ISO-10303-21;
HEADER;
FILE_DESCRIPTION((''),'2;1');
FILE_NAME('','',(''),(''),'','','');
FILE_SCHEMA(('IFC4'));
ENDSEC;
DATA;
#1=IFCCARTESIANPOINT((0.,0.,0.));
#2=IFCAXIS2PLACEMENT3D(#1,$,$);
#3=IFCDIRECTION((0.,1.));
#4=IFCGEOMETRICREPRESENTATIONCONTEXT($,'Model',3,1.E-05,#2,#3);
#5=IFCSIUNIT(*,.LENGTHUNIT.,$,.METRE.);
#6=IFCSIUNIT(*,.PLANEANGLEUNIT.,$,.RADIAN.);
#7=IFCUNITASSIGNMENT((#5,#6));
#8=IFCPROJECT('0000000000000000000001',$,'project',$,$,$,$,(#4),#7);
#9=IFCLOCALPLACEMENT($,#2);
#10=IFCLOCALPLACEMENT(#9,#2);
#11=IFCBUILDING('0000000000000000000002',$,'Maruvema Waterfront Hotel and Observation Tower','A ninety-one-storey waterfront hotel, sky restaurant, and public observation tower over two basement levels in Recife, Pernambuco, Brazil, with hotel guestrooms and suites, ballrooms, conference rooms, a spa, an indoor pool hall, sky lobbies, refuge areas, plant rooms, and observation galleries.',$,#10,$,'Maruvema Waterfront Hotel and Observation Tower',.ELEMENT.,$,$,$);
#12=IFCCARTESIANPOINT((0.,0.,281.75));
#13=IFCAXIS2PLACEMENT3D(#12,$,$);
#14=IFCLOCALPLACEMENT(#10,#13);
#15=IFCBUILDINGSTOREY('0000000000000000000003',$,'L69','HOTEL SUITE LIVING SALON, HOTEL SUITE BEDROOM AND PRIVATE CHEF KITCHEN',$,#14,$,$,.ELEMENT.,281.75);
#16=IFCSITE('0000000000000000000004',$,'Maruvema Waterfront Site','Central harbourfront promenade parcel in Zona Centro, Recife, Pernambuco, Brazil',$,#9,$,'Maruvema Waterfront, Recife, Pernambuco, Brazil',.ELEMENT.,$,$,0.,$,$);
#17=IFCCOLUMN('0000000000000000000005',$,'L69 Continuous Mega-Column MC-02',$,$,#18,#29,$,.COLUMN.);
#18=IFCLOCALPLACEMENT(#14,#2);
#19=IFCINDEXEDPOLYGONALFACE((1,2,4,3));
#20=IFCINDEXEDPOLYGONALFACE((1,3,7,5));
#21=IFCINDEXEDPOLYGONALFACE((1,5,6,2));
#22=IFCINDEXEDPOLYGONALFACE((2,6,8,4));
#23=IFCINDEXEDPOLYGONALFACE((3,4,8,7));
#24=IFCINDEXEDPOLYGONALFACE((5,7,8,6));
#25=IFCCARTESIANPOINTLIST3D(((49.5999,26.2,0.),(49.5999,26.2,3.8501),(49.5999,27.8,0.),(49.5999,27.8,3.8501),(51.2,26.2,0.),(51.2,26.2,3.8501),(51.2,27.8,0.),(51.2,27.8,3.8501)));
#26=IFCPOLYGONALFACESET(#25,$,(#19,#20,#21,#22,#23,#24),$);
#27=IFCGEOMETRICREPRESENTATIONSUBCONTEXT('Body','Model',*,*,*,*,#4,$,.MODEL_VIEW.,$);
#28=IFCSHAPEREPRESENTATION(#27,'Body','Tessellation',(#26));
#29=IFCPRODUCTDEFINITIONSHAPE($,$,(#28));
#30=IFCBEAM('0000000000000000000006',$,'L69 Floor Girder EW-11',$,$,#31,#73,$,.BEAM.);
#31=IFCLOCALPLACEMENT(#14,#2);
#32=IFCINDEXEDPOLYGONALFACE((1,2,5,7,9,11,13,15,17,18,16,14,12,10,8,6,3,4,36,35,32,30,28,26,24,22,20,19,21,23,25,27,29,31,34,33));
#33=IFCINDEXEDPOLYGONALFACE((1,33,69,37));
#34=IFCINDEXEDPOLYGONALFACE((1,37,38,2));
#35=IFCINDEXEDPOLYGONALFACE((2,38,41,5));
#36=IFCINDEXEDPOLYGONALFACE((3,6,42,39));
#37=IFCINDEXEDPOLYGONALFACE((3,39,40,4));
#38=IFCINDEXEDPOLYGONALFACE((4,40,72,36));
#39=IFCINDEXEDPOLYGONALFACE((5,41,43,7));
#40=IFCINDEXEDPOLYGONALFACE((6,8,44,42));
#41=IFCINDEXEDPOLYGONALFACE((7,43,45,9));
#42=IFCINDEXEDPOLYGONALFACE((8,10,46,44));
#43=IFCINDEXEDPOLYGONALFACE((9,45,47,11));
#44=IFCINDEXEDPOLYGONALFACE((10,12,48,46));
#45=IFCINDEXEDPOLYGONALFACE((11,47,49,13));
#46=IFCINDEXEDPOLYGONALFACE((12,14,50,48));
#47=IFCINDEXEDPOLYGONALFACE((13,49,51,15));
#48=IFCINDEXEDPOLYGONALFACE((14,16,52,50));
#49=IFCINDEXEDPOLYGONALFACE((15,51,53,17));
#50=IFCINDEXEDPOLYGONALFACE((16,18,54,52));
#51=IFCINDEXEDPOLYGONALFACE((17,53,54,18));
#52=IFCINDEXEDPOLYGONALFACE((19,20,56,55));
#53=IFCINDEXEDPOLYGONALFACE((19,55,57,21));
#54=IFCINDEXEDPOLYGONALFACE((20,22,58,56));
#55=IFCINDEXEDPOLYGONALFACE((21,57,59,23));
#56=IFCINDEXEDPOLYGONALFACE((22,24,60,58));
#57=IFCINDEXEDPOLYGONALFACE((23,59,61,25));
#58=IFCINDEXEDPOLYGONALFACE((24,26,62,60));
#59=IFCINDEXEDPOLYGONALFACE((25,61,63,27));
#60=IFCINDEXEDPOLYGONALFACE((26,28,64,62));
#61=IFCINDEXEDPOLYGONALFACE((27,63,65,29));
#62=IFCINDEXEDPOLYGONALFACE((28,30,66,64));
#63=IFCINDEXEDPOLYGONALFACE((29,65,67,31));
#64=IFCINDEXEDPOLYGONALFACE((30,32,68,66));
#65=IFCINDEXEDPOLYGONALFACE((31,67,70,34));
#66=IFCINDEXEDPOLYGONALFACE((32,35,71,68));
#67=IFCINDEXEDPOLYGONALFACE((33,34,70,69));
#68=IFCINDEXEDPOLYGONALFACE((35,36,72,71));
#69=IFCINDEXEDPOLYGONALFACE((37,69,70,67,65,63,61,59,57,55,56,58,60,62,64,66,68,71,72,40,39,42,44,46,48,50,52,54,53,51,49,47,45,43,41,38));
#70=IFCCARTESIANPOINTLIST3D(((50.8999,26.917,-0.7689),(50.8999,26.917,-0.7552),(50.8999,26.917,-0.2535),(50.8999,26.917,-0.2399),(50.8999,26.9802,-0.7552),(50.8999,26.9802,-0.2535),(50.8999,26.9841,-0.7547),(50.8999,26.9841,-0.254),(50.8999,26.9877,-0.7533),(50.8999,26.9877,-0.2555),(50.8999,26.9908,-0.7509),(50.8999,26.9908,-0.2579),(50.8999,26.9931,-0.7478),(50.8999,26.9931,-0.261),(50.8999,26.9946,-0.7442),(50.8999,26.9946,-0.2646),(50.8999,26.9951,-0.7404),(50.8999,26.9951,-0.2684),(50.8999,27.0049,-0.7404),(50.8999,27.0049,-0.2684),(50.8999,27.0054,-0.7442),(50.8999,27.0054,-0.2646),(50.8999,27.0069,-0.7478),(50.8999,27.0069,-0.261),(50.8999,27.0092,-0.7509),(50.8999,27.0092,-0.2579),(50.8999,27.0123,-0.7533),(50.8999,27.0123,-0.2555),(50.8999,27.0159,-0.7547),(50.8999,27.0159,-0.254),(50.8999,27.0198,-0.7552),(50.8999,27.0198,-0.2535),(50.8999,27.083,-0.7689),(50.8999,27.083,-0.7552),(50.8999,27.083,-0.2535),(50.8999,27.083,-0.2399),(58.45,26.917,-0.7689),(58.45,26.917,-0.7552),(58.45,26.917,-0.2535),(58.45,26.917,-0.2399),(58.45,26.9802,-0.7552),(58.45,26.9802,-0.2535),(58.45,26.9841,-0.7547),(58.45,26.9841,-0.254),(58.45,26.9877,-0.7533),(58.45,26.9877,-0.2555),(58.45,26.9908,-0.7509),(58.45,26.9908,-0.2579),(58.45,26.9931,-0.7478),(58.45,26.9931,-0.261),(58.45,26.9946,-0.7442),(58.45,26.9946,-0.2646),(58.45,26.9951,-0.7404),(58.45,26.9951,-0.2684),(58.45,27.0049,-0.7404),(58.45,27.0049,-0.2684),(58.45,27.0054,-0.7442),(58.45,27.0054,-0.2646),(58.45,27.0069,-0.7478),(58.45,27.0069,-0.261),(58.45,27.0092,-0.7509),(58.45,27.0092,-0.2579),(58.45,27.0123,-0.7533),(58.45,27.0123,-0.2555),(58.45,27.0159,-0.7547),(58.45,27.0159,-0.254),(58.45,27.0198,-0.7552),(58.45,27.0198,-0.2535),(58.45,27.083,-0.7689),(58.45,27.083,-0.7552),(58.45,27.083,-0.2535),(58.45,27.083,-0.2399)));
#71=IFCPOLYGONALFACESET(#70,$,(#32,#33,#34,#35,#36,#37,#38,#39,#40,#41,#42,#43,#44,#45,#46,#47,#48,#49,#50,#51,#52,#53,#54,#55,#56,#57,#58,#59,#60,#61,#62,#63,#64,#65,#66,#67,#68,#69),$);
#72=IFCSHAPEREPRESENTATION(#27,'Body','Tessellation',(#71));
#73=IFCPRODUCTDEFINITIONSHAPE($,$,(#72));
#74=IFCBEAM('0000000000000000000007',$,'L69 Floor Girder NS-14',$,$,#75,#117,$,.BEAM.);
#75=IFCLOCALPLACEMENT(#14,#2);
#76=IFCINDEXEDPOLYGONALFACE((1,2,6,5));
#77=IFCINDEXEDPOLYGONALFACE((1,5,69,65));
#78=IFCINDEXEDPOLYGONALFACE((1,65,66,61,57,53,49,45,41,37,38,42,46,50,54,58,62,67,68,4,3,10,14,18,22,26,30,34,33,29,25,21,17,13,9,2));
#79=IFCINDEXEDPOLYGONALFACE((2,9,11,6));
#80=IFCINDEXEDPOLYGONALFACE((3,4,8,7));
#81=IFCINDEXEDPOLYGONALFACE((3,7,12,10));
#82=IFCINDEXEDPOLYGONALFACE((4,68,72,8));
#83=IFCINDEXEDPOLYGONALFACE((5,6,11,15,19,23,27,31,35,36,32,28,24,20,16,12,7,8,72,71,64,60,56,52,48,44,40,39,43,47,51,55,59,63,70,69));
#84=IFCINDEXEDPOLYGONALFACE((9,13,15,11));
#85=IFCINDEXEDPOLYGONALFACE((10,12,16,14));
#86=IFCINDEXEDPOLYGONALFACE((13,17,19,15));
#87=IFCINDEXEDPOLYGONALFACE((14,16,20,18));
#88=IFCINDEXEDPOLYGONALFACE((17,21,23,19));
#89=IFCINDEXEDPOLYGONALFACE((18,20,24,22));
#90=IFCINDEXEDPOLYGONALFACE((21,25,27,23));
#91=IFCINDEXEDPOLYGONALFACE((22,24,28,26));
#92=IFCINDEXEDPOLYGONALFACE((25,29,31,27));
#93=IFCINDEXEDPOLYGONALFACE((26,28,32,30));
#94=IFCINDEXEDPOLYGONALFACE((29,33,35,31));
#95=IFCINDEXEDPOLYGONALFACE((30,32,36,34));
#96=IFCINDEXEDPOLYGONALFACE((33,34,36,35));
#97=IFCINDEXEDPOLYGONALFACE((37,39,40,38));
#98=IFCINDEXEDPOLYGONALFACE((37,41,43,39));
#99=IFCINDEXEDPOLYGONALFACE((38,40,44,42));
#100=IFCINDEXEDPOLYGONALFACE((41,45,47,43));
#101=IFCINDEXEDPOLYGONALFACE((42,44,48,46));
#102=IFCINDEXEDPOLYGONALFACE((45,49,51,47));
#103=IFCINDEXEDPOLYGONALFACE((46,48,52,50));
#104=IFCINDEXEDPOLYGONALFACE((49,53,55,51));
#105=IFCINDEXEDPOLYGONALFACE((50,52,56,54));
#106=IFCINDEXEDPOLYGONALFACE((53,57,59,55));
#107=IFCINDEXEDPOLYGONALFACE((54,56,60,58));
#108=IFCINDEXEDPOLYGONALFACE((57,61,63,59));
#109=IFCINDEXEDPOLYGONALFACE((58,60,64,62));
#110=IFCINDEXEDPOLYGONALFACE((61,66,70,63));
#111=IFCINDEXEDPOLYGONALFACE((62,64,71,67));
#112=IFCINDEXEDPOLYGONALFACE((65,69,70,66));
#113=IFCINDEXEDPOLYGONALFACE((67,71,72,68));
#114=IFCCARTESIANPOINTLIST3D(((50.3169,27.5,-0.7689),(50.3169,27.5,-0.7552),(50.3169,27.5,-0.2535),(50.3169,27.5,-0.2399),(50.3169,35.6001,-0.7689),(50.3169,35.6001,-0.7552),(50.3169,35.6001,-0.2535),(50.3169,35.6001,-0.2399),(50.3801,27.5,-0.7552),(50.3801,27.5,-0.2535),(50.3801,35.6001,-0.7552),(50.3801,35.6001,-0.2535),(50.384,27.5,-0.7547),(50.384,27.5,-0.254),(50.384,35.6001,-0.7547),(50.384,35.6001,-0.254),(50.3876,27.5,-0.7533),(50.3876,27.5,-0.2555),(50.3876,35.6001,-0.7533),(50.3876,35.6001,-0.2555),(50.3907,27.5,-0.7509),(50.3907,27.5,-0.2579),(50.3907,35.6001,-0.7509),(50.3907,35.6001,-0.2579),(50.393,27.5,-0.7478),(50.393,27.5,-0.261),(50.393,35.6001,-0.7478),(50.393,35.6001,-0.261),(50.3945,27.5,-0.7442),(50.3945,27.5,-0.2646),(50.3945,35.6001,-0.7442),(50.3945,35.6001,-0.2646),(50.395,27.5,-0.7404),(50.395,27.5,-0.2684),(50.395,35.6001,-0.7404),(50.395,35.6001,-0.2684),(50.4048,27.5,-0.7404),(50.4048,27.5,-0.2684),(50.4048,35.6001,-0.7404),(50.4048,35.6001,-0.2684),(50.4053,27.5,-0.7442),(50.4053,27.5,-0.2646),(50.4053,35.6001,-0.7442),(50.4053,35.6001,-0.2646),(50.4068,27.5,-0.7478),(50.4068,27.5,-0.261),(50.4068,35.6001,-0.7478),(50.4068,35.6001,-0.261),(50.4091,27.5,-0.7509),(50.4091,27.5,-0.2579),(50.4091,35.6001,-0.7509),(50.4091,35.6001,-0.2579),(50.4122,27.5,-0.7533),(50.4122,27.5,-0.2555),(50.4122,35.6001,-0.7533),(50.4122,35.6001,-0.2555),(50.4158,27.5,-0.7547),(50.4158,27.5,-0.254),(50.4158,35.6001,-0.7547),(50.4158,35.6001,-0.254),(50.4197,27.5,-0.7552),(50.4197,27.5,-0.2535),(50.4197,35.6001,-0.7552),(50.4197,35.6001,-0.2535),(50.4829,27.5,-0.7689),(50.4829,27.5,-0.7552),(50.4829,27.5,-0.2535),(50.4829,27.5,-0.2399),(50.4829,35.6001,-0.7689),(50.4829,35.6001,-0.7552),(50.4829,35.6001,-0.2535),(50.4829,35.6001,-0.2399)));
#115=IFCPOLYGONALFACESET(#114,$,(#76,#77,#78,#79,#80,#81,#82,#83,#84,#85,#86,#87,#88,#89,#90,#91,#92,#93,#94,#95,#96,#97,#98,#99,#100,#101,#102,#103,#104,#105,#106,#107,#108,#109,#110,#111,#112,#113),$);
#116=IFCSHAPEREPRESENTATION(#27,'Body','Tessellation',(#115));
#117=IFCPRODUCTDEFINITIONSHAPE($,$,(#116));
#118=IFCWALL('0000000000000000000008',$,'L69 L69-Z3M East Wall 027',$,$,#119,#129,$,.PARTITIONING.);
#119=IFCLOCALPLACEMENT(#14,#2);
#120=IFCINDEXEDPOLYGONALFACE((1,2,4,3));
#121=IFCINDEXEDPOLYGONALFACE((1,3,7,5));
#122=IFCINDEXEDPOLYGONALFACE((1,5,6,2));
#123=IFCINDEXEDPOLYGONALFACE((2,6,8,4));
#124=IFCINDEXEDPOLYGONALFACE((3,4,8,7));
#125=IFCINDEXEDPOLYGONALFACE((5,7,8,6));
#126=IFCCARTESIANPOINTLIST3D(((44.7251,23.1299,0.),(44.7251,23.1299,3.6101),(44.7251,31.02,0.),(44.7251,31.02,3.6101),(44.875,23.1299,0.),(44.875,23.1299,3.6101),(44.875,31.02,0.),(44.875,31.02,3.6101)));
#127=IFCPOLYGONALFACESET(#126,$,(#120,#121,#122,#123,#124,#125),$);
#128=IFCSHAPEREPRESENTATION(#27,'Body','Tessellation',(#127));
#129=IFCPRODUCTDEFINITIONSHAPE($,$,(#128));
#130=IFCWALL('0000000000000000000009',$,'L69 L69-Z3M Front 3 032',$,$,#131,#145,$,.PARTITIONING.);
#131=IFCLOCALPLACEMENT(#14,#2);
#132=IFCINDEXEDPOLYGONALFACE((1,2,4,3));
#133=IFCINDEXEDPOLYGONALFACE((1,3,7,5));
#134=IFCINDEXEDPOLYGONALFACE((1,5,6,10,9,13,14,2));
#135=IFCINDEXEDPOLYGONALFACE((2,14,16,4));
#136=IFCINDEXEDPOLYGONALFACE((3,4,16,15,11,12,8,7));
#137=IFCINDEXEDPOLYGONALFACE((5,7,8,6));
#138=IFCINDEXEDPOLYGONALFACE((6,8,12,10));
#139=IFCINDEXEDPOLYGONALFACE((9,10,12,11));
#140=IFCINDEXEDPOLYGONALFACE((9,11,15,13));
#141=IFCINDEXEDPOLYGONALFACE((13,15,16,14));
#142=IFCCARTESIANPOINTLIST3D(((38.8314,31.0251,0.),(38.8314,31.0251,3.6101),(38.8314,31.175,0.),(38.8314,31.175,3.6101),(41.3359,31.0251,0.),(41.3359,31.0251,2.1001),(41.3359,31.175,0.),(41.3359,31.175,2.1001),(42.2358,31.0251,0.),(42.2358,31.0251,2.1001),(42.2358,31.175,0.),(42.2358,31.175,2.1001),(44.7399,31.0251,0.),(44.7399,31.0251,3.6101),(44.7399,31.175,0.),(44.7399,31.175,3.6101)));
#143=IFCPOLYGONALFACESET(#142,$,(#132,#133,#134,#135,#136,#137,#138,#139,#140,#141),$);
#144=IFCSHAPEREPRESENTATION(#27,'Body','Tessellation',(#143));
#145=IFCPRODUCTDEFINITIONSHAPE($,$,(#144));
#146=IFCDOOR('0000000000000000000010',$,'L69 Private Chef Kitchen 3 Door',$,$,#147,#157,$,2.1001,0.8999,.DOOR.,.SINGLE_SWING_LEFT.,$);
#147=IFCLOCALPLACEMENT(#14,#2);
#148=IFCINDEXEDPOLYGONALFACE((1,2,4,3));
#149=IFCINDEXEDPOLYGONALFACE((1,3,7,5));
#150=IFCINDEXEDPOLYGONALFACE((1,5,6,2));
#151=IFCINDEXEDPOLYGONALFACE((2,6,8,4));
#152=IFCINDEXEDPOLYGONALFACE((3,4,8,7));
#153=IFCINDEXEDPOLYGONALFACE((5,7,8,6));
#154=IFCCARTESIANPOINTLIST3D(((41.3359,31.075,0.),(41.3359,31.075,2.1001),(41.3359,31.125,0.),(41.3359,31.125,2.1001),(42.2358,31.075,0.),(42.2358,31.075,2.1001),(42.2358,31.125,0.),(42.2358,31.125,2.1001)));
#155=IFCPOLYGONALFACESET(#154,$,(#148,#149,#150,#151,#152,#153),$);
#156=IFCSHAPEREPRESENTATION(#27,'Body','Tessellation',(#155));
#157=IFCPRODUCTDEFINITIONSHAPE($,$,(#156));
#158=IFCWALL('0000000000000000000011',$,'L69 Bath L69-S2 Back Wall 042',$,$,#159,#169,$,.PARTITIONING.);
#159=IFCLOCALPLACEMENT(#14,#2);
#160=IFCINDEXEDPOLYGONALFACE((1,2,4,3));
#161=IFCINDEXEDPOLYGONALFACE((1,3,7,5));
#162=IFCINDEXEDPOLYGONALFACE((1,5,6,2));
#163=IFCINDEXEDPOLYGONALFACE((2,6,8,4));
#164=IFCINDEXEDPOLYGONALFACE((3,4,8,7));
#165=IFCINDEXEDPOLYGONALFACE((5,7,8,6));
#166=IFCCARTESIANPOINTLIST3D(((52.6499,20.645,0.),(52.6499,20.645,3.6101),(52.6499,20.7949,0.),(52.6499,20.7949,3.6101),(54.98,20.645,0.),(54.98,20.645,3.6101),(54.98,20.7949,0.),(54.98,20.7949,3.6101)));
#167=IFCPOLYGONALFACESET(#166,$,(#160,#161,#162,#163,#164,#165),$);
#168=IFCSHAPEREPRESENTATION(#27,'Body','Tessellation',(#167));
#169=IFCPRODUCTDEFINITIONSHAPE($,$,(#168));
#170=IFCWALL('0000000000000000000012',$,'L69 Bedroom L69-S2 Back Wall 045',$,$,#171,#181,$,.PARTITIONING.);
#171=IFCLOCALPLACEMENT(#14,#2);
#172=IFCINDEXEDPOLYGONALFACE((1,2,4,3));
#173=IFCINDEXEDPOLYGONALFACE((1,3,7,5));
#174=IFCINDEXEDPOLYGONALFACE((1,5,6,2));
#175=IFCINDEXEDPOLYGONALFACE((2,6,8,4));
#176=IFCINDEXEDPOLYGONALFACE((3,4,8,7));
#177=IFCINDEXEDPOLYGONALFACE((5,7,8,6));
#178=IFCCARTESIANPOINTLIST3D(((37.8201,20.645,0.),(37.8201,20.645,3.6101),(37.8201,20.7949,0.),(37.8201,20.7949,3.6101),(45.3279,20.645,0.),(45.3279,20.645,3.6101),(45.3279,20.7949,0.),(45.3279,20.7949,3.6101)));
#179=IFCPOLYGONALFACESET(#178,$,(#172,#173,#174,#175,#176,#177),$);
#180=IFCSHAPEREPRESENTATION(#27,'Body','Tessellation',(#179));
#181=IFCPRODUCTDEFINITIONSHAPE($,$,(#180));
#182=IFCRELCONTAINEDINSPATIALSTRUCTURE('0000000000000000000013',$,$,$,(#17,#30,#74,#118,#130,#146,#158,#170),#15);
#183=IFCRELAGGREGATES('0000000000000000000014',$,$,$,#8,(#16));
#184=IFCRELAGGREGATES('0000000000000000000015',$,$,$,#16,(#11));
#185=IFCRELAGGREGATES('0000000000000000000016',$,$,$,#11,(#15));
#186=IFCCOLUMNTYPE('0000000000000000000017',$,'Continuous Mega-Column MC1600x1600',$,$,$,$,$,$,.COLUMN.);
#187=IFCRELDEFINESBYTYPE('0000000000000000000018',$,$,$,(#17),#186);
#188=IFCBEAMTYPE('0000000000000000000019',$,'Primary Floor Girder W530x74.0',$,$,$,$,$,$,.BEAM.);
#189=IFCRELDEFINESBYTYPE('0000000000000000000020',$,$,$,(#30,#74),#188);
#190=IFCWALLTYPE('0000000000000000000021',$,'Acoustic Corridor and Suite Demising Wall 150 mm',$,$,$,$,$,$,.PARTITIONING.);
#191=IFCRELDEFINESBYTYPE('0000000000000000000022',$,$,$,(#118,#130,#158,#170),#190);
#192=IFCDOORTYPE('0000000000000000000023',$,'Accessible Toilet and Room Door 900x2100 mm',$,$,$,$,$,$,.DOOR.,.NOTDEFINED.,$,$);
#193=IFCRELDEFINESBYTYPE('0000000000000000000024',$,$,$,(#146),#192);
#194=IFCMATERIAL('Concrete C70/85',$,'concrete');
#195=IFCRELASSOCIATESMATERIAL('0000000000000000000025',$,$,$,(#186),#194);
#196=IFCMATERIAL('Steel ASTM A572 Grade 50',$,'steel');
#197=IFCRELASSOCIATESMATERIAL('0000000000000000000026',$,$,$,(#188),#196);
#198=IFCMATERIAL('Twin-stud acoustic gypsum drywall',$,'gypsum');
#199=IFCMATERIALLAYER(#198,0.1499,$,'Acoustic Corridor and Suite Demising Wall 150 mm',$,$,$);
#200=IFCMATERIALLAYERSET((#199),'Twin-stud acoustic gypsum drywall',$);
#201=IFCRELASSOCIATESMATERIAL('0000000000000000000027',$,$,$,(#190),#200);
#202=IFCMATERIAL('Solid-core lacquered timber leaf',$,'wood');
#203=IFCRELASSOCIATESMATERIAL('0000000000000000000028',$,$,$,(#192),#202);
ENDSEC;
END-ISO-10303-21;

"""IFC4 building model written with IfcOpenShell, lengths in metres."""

from ifc_helpers import new_model, si_unit, direction, frame, frame_2d, origin, origin_2d, place, context, subcontext, project, spatial, rectangle, i_section, extrude, material, layer, layer_set, material_profile, profile_set, type_object, element, fill, save


model = new_model("IFC4")

# Units and contexts
model_context = context("Model", 3, precision=1e-05, world=origin(), true_north=direction((0.0, 1.0)))
body_context = subcontext(model_context, "Body", "Model", "MODEL_VIEW")
ifc_project = project(units=[si_unit("LENGTHUNIT", "METRE"), si_unit("PLANEANGLEUNIT", "RADIAN")], contexts=[model_context])

# Site, building, storey
site_placement = place(None, origin())
site = spatial("IfcSite", under=ifc_project, at=site_placement, Name="Maruvema Waterfront Site", Description="Central harbourfront promenade parcel in Zona Centro, Recife, Pernambuco, Brazil", LongName="Maruvema Waterfront, Recife, Pernambuco, Brazil", CompositionType="ELEMENT", RefElevation=0.0)
building_placement = place(site_placement, origin())
building = spatial("IfcBuilding", under=site, at=building_placement, Name="Maruvema Waterfront Hotel and Observation Tower", Description="A ninety-one-storey waterfront hotel, sky restaurant, and public observation tower over two basement levels in Recife, Pernambuco, Brazil, with hotel guestrooms and suites, ballrooms, conference rooms, a spa, an indoor pool hall, sky lobbies, refuge areas, plant rooms, and observation galleries.", LongName="Maruvema Waterfront Hotel and Observation Tower", CompositionType="ELEMENT")
storey_placement = place(building_placement, frame((0.0, 0.0, 281.75)))
storey = spatial("IfcBuildingStorey", under=building, at=storey_placement, Name="L69", Description="HOTEL SUITE LIVING SALON, HOTEL SUITE BEDROOM AND PRIVATE CHEF KITCHEN", CompositionType="ELEMENT", Elevation=281.75)

# Column
ifc_material_1 = material(Name="Concrete C70/85", Category="concrete")
ifc_material_profile_1 = material_profile(ifc_material_1, rectangle(XDim=1.6001, YDim=1.6001, at=origin_2d()), Name="MC1600x1600")
ifc_profile_set_1 = profile_set([ifc_material_profile_1], Name="Concrete C70/85")
column_type = type_object("IfcColumnType", Name="Continuous Mega-Column MC1600x1600", PredefinedType="COLUMN", material=ifc_profile_set_1)
column_placement = place(storey_placement, frame((50.3999, 27.0, 0.0), z_axis=(0.0, 0.0, 1.0), x_axis=(1.0, 0.0, 0.0)))
element("IfcColumn", 1, at=column_placement, inside=storey, type_object=column_type, Name="L69 Continuous Mega-Column MC-02", PredefinedType="COLUMN", context=body_context, shape_type="SweptSolid", body=[
    extrude(rectangle(XDim=1.6001, YDim=1.6001, at=origin_2d()), origin(), (0.0, 0.0, 1.0), 3.8501),
])

# Beams
ifc_material_2 = material(Name="Steel ASTM A572 Grade 50", Category="steel")
ifc_material_profile_2 = material_profile(ifc_material_2, i_section(OverallWidth=0.166, OverallDepth=0.5291, WebThickness=0.0098, FlangeThickness=0.0137, FilletRadius=0.0149, at=origin_2d()), Name="W530x74.0")
ifc_profile_set_2 = profile_set([ifc_material_profile_2], Name="Steel ASTM A572 Grade 50")
beam_type = type_object("IfcBeamType", Name="Primary Floor Girder W530x74.0", PredefinedType="BEAM", material=ifc_profile_set_2)
beam_1_placement = place(storey_placement, frame((50.8999, 27.0, -0.5044), z_axis=(1.0, 0.0, 0.0), x_axis=(0.0, 1.0, 0.0)))
element("IfcBeam", 2, at=beam_1_placement, inside=storey, type_object=beam_type, Name="L69 Floor Girder EW-11", PredefinedType="BEAM", context=body_context, shape_type="SweptSolid", body=[
    extrude(i_section(OverallWidth=0.166, OverallDepth=0.5291, WebThickness=0.0098, FlangeThickness=0.0137, FilletRadius=0.0149, at=origin_2d()), origin(), (0.0, 0.0, 1.0), 7.55),
])
beam_2_placement = place(storey_placement, frame((50.3999, 27.5, -0.5044), z_axis=(0.0, 1.0, 0.0), x_axis=(-1.0, 0.0, 0.0)))
element("IfcBeam", 3, at=beam_2_placement, inside=storey, type_object=beam_type, Name="L69 Floor Girder NS-14", PredefinedType="BEAM", context=body_context, shape_type="SweptSolid", body=[
    extrude(i_section(OverallWidth=0.166, OverallDepth=0.5291, WebThickness=0.0098, FlangeThickness=0.0137, FilletRadius=0.0149, at=origin_2d()), origin(), (0.0, 0.0, 1.0), 8.1001),
])

# Wall
ifc_material_3 = material(Name="Twin-stud acoustic gypsum drywall", Category="gypsum")
ifc_layer_1 = layer(ifc_material_3, 0.1499, Name="Acoustic Corridor and Suite Demising Wall 150 mm")
ifc_layer_set_1 = layer_set([ifc_layer_1], Name="Twin-stud acoustic gypsum drywall")
wall_type_1 = type_object("IfcWallType", Name="Acoustic Corridor and Suite Demising Wall 150 mm", PredefinedType="PARTITIONING", material=ifc_layer_set_1)
wall_1_placement = place(storey_placement, frame((44.8, 23.1299, 0.0), z_axis=(0.0, 0.0, 1.0), x_axis=(0.0, 1.0, 0.0)))
element("IfcWall", 4, at=wall_1_placement, inside=storey, type_object=wall_type_1, Name="L69 L69-Z3M East Wall 027", PredefinedType="PARTITIONING", context=body_context, shape_type="SweptSolid", body=[
    extrude(rectangle(XDim=7.8901, YDim=0.1499, at=frame_2d((3.9451, 0.0))), origin(), (0.0, 0.0, 1.0), 3.6101),
])

# Wall, opening, door
wall_2_placement = place(storey_placement, frame((38.8315, 31.1001, 0.0), z_axis=(0.0, 0.0, 1.0), x_axis=(1.0, 0.0, 0.0)))
wall_2 = element("IfcWall", 5, at=wall_2_placement, inside=storey, type_object=wall_type_1, Name="L69 L69-Z3M Front 3 032", PredefinedType="PARTITIONING", context=body_context, shape_type="SweptSolid", body=[
    extrude(rectangle(XDim=5.9084, YDim=0.1499, at=frame_2d((2.9541, 0.0))), origin(), (0.0, 0.0, 1.0), 3.6101),
])
opening_1_placement = place(wall_2_placement, frame((2.5044, 0.0, 0.0)))
opening_1 = element("IfcOpeningElement", 6, at=opening_1_placement, cuts=wall_2, PredefinedType="OPENING", context=body_context, shape_type="SweptSolid", body=[
    extrude(rectangle(XDim=0.8999, YDim=2.1001, at=frame_2d((0.45, 1.05))), frame((0.0, 0.085, 0.0), z_axis=(0.0, -1.0, 0.0), x_axis=(1.0, 0.0, 0.0)), (0.0, 0.0, 1.0), 0.1699),
])
ifc_material_4 = material(Name="Solid-core lacquered timber leaf", Category="wood")
door_type_1 = type_object("IfcDoorType", Name="Accessible Toilet and Room Door 900x2100 mm", OperationType="NOTDEFINED", PredefinedType="DOOR", material=ifc_material_4)
door_1_placement = place(opening_1_placement, origin())
door_1 = element("IfcDoor", 7, at=door_1_placement, inside=storey, type_object=door_type_1, Name="L69 Private Chef Kitchen 3 Door", OperationType="SINGLE_SWING_LEFT", OverallHeight=2.1001, OverallWidth=0.8999, PredefinedType="DOOR", context=body_context, shape_type="SweptSolid", body=[
    extrude(rectangle(XDim=0.8999, YDim=2.1001, at=frame_2d((0.45, 1.05))), frame((0.0, 0.0249, 0.0), z_axis=(0.0, -1.0, 0.0), x_axis=(1.0, 0.0, 0.0)), (0.0, 0.0, 1.0), 0.05),
])
fill(opening_1, door_1)

# Walls
wall_3_placement = place(storey_placement, frame((52.6499, 20.72, 0.0), z_axis=(0.0, 0.0, 1.0), x_axis=(1.0, 0.0, 0.0)))
element("IfcWall", 8, at=wall_3_placement, inside=storey, type_object=wall_type_1, Name="L69 Bath L69-S2 Back Wall 042", PredefinedType="PARTITIONING", context=body_context, shape_type="SweptSolid", body=[
    extrude(rectangle(XDim=2.3301, YDim=0.1499, at=frame_2d((1.165, 0.0))), origin(), (0.0, 0.0, 1.0), 3.6101),
])
wall_4_placement = place(storey_placement, frame((37.8201, 20.72, 0.0), z_axis=(0.0, 0.0, 1.0), x_axis=(1.0, 0.0, 0.0)))
element("IfcWall", 9, at=wall_4_placement, inside=storey, type_object=wall_type_1, Name="L69 Bedroom L69-S2 Back Wall 045", PredefinedType="PARTITIONING", context=body_context, shape_type="SweptSolid", body=[
    extrude(rectangle(XDim=7.5078, YDim=0.1499, at=frame_2d((3.7539, 0.0))), origin(), (0.0, 0.0, 1.0), 3.6101),
])

save(model, "model.ifc")
